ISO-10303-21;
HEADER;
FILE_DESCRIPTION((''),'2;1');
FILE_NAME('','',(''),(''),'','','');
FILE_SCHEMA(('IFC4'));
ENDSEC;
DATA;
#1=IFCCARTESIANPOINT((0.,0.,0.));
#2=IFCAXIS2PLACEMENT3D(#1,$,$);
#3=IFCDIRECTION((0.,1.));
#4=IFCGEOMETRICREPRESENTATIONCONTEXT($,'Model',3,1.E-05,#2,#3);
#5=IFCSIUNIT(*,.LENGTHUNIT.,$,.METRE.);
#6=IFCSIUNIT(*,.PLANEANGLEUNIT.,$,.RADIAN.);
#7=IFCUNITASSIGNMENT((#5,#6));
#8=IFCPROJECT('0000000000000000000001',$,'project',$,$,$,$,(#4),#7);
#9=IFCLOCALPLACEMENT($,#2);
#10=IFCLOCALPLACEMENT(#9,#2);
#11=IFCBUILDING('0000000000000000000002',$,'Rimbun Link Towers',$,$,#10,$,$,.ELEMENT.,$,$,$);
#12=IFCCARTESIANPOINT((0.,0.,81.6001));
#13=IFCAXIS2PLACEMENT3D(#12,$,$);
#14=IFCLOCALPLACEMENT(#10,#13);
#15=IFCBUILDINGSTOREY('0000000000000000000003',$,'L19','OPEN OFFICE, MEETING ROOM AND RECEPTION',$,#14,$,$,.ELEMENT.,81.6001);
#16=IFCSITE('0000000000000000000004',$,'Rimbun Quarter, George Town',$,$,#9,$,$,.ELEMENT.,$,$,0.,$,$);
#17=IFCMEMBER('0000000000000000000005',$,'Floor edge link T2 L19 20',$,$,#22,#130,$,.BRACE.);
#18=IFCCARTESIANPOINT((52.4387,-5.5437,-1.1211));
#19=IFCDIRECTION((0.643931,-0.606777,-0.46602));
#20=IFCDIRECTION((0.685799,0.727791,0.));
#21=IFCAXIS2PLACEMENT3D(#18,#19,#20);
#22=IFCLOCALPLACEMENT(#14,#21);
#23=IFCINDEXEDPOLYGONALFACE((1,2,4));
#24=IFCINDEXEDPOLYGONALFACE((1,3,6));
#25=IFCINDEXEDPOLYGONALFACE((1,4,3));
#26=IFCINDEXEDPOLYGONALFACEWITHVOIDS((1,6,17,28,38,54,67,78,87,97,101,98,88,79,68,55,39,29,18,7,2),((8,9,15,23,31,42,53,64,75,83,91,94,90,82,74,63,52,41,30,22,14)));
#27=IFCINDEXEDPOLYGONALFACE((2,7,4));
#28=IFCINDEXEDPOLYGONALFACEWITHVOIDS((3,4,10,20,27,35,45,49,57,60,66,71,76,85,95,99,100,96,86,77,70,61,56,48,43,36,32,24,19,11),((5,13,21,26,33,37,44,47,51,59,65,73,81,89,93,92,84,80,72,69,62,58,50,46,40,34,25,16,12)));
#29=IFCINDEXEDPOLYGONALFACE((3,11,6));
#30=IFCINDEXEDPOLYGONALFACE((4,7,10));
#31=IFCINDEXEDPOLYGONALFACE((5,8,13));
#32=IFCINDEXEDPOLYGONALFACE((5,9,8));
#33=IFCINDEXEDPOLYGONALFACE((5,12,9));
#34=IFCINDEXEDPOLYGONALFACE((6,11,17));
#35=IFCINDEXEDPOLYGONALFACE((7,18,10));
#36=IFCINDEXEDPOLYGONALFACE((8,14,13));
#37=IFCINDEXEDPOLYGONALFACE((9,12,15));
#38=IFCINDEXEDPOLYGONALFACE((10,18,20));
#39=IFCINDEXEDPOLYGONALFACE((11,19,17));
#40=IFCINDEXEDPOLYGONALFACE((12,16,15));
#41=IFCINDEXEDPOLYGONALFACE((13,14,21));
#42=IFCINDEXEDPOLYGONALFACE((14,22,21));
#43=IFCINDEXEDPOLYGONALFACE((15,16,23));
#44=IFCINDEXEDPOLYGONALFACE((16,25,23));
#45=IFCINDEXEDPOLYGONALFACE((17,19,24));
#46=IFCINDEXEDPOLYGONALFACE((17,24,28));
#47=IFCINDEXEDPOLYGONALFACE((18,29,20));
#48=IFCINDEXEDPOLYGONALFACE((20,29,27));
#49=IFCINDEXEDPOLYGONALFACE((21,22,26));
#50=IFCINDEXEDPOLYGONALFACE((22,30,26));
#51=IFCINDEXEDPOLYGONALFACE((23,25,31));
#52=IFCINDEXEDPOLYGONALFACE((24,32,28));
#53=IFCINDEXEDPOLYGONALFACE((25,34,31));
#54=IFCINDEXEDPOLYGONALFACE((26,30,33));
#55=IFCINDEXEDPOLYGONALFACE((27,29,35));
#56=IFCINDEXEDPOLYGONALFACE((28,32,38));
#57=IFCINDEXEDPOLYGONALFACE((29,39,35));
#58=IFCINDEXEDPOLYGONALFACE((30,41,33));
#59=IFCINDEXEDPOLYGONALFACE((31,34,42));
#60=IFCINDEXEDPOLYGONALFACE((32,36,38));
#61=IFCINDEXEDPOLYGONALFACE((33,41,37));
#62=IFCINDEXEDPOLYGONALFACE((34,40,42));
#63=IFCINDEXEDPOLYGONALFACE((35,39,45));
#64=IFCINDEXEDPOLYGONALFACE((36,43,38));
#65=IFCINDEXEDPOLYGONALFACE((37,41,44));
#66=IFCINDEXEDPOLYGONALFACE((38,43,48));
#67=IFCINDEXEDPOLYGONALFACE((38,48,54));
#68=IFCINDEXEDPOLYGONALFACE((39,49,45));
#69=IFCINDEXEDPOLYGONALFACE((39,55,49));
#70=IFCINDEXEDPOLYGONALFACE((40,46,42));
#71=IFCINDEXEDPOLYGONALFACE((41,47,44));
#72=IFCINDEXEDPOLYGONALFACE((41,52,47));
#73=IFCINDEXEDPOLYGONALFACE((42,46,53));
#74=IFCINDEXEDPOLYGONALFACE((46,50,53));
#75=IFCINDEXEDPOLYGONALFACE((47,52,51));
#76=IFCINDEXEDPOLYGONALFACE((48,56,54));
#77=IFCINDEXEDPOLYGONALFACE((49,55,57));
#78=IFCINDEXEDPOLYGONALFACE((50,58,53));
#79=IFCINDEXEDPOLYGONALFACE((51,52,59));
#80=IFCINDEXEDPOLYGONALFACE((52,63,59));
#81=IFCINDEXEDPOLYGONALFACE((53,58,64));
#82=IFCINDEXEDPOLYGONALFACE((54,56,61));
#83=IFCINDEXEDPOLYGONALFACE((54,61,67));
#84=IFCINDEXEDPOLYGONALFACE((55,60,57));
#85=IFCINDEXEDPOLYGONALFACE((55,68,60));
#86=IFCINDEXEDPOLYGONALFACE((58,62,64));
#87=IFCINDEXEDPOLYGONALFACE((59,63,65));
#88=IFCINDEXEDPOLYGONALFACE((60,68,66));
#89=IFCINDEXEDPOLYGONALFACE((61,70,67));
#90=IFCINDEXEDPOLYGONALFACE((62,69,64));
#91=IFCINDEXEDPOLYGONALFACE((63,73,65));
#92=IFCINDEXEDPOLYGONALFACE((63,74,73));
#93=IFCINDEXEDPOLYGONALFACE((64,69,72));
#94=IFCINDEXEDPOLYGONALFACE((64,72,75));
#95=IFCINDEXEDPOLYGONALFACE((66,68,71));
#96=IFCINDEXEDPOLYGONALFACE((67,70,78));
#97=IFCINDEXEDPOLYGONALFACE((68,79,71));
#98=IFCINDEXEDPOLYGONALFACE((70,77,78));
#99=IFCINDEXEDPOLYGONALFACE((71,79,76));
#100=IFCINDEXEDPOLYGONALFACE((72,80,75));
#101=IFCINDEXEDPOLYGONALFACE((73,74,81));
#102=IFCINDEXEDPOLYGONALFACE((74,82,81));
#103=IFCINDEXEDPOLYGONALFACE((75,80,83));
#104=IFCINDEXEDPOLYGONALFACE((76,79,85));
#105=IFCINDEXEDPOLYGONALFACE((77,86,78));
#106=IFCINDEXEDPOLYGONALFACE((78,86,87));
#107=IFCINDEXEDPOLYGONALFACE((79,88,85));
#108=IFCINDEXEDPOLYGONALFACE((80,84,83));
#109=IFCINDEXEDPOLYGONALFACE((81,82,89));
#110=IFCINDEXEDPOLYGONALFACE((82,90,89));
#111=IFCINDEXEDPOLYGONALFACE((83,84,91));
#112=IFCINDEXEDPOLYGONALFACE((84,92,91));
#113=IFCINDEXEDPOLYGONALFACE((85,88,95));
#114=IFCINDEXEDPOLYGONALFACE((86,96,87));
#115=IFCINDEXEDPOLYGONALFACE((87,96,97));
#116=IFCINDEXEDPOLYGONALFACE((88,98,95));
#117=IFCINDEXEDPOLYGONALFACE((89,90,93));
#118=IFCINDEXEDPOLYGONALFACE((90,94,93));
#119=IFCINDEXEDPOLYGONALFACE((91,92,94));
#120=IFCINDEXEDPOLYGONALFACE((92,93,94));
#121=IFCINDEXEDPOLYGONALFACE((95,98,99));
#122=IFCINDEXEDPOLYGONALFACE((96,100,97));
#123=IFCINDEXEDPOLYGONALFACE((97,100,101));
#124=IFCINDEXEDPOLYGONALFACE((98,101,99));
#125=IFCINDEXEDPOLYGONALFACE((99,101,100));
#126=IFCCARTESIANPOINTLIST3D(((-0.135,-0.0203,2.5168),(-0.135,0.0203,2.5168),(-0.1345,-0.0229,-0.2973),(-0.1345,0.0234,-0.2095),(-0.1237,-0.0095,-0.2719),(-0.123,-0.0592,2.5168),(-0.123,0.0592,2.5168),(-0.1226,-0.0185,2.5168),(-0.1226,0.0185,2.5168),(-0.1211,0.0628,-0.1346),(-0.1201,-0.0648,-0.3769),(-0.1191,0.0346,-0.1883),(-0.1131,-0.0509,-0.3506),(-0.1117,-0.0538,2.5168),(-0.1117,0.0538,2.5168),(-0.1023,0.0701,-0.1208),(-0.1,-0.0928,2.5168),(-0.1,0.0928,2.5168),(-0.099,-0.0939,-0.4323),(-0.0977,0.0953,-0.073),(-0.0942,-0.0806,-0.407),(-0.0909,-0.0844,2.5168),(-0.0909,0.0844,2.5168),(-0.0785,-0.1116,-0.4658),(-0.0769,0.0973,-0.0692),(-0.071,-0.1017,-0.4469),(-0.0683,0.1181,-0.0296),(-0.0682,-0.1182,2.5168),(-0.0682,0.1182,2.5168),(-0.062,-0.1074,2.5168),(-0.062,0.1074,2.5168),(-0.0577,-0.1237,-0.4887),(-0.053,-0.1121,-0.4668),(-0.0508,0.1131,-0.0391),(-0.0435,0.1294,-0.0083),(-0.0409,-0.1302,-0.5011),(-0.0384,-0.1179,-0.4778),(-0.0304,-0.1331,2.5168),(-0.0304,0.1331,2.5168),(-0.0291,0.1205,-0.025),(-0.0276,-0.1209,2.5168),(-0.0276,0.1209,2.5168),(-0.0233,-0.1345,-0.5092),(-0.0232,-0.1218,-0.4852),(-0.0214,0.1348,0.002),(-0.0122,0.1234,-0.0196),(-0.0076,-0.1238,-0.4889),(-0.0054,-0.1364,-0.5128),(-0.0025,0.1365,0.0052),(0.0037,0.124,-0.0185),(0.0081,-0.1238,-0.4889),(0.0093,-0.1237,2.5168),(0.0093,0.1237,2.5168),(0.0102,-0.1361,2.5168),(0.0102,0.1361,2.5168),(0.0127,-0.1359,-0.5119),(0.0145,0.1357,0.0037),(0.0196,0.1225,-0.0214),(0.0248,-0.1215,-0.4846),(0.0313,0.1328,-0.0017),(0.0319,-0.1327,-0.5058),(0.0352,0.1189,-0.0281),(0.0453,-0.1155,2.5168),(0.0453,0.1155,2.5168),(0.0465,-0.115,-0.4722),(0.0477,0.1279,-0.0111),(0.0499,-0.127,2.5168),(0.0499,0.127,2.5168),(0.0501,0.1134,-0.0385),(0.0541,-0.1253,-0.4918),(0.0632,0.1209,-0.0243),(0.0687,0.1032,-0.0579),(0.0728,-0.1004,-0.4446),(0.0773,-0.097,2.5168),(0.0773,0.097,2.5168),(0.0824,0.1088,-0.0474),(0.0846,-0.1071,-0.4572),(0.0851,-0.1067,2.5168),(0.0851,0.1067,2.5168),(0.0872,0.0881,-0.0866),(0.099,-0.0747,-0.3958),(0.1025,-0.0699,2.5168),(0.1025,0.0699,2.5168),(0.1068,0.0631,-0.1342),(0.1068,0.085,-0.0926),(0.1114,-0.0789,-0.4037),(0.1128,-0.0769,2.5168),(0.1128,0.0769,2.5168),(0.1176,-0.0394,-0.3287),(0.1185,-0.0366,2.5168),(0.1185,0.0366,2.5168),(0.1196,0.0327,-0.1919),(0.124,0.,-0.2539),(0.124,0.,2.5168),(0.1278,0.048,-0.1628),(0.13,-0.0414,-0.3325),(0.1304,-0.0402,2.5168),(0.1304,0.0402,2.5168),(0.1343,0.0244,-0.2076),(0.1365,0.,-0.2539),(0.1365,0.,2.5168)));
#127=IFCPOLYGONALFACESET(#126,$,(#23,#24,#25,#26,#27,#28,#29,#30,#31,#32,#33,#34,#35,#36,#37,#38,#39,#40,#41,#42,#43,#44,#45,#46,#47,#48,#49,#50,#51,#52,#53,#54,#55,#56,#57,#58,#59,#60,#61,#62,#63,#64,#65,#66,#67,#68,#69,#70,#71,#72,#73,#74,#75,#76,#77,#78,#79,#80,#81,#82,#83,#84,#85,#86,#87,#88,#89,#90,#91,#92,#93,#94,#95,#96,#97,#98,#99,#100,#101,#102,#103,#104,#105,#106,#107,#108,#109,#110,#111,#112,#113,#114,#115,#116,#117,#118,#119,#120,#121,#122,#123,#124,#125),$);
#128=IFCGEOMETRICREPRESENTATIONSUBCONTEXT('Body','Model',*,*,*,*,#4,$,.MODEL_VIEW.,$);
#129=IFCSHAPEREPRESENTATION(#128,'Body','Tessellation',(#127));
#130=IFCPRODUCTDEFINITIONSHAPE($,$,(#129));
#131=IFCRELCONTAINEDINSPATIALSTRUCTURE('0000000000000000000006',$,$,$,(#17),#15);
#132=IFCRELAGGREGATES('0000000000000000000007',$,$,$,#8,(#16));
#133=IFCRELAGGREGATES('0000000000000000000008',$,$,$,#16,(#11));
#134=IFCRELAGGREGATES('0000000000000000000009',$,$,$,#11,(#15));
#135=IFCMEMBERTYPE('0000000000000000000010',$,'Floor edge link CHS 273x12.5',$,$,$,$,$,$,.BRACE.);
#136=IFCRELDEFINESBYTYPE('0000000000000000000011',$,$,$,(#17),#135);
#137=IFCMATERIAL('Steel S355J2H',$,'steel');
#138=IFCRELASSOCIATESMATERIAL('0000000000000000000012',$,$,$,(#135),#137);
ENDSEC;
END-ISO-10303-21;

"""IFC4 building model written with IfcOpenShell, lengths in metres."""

from ifc_helpers import new_model, si_unit, direction, frame, origin, origin_2d, place, context, subcontext, project, spatial, hollow_circle, extrude, clip, halfspace, material, material_profile, profile_set, type_object, element, save


model = new_model("IFC4")

# Units and contexts
model_context = context("Model", 3, precision=1e-05, world=origin(), true_north=direction((0.0, 1.0)))
body_context = subcontext(model_context, "Body", "Model", "MODEL_VIEW")
ifc_project = project(units=[si_unit("LENGTHUNIT", "METRE"), si_unit("PLANEANGLEUNIT", "RADIAN")], contexts=[model_context])

# Site, building, storey
site_placement = place(None, origin())
site = spatial("IfcSite", under=ifc_project, at=site_placement, Name="Rimbun Quarter, George Town", CompositionType="ELEMENT", RefElevation=0.0)
building_placement = place(site_placement, origin())
building = spatial("IfcBuilding", under=site, at=building_placement, Name="Rimbun Link Towers", CompositionType="ELEMENT")
storey_placement = place(building_placement, frame((0.0, 0.0, 81.6001)))
storey = spatial("IfcBuildingStorey", under=building, at=storey_placement, Name="L19", Description="OPEN OFFICE, MEETING ROOM AND RECEPTION", CompositionType="ELEMENT", Elevation=81.6001)

# Member
ifc_material_1 = material(Name="Steel S355J2H", Category="steel")
ifc_material_profile_1 = material_profile(ifc_material_1, hollow_circle(Radius=0.1365, WallThickness=0.0125, at=origin_2d()), Name="CHS 273x12.5")
ifc_profile_set_1 = profile_set([ifc_material_profile_1], Name="Steel S355J2H")
member_type = type_object("IfcMemberType", Name="Floor edge link CHS 273x12.5", PredefinedType="BRACE", material=ifc_profile_set_1)
member_1_placement = place(storey_placement, frame((52.4387, -5.5437, -1.1211), z_axis=(0.643931, -0.606777, -0.46602), x_axis=(0.685799, 0.727791, 0.0)))
element("IfcMember", 1, at=member_1_placement, inside=storey, type_object=member_type, Name="Floor edge link T2 L19 20", PredefinedType="BRACE", context=body_context, shape_type="Clipping", body=[
    clip(extrude(hollow_circle(Radius=0.1365, WallThickness=0.0125, at=origin_2d()), frame((0.0, 0.0, -0.5398)), (0.0, 0.0, 1.0), 3.0566), halfspace(frame((0.0, 0.0, -0.2539), z_axis=(0.0, 0.884774, -0.46602)), False)),
])

save(model, "model.ifc")
